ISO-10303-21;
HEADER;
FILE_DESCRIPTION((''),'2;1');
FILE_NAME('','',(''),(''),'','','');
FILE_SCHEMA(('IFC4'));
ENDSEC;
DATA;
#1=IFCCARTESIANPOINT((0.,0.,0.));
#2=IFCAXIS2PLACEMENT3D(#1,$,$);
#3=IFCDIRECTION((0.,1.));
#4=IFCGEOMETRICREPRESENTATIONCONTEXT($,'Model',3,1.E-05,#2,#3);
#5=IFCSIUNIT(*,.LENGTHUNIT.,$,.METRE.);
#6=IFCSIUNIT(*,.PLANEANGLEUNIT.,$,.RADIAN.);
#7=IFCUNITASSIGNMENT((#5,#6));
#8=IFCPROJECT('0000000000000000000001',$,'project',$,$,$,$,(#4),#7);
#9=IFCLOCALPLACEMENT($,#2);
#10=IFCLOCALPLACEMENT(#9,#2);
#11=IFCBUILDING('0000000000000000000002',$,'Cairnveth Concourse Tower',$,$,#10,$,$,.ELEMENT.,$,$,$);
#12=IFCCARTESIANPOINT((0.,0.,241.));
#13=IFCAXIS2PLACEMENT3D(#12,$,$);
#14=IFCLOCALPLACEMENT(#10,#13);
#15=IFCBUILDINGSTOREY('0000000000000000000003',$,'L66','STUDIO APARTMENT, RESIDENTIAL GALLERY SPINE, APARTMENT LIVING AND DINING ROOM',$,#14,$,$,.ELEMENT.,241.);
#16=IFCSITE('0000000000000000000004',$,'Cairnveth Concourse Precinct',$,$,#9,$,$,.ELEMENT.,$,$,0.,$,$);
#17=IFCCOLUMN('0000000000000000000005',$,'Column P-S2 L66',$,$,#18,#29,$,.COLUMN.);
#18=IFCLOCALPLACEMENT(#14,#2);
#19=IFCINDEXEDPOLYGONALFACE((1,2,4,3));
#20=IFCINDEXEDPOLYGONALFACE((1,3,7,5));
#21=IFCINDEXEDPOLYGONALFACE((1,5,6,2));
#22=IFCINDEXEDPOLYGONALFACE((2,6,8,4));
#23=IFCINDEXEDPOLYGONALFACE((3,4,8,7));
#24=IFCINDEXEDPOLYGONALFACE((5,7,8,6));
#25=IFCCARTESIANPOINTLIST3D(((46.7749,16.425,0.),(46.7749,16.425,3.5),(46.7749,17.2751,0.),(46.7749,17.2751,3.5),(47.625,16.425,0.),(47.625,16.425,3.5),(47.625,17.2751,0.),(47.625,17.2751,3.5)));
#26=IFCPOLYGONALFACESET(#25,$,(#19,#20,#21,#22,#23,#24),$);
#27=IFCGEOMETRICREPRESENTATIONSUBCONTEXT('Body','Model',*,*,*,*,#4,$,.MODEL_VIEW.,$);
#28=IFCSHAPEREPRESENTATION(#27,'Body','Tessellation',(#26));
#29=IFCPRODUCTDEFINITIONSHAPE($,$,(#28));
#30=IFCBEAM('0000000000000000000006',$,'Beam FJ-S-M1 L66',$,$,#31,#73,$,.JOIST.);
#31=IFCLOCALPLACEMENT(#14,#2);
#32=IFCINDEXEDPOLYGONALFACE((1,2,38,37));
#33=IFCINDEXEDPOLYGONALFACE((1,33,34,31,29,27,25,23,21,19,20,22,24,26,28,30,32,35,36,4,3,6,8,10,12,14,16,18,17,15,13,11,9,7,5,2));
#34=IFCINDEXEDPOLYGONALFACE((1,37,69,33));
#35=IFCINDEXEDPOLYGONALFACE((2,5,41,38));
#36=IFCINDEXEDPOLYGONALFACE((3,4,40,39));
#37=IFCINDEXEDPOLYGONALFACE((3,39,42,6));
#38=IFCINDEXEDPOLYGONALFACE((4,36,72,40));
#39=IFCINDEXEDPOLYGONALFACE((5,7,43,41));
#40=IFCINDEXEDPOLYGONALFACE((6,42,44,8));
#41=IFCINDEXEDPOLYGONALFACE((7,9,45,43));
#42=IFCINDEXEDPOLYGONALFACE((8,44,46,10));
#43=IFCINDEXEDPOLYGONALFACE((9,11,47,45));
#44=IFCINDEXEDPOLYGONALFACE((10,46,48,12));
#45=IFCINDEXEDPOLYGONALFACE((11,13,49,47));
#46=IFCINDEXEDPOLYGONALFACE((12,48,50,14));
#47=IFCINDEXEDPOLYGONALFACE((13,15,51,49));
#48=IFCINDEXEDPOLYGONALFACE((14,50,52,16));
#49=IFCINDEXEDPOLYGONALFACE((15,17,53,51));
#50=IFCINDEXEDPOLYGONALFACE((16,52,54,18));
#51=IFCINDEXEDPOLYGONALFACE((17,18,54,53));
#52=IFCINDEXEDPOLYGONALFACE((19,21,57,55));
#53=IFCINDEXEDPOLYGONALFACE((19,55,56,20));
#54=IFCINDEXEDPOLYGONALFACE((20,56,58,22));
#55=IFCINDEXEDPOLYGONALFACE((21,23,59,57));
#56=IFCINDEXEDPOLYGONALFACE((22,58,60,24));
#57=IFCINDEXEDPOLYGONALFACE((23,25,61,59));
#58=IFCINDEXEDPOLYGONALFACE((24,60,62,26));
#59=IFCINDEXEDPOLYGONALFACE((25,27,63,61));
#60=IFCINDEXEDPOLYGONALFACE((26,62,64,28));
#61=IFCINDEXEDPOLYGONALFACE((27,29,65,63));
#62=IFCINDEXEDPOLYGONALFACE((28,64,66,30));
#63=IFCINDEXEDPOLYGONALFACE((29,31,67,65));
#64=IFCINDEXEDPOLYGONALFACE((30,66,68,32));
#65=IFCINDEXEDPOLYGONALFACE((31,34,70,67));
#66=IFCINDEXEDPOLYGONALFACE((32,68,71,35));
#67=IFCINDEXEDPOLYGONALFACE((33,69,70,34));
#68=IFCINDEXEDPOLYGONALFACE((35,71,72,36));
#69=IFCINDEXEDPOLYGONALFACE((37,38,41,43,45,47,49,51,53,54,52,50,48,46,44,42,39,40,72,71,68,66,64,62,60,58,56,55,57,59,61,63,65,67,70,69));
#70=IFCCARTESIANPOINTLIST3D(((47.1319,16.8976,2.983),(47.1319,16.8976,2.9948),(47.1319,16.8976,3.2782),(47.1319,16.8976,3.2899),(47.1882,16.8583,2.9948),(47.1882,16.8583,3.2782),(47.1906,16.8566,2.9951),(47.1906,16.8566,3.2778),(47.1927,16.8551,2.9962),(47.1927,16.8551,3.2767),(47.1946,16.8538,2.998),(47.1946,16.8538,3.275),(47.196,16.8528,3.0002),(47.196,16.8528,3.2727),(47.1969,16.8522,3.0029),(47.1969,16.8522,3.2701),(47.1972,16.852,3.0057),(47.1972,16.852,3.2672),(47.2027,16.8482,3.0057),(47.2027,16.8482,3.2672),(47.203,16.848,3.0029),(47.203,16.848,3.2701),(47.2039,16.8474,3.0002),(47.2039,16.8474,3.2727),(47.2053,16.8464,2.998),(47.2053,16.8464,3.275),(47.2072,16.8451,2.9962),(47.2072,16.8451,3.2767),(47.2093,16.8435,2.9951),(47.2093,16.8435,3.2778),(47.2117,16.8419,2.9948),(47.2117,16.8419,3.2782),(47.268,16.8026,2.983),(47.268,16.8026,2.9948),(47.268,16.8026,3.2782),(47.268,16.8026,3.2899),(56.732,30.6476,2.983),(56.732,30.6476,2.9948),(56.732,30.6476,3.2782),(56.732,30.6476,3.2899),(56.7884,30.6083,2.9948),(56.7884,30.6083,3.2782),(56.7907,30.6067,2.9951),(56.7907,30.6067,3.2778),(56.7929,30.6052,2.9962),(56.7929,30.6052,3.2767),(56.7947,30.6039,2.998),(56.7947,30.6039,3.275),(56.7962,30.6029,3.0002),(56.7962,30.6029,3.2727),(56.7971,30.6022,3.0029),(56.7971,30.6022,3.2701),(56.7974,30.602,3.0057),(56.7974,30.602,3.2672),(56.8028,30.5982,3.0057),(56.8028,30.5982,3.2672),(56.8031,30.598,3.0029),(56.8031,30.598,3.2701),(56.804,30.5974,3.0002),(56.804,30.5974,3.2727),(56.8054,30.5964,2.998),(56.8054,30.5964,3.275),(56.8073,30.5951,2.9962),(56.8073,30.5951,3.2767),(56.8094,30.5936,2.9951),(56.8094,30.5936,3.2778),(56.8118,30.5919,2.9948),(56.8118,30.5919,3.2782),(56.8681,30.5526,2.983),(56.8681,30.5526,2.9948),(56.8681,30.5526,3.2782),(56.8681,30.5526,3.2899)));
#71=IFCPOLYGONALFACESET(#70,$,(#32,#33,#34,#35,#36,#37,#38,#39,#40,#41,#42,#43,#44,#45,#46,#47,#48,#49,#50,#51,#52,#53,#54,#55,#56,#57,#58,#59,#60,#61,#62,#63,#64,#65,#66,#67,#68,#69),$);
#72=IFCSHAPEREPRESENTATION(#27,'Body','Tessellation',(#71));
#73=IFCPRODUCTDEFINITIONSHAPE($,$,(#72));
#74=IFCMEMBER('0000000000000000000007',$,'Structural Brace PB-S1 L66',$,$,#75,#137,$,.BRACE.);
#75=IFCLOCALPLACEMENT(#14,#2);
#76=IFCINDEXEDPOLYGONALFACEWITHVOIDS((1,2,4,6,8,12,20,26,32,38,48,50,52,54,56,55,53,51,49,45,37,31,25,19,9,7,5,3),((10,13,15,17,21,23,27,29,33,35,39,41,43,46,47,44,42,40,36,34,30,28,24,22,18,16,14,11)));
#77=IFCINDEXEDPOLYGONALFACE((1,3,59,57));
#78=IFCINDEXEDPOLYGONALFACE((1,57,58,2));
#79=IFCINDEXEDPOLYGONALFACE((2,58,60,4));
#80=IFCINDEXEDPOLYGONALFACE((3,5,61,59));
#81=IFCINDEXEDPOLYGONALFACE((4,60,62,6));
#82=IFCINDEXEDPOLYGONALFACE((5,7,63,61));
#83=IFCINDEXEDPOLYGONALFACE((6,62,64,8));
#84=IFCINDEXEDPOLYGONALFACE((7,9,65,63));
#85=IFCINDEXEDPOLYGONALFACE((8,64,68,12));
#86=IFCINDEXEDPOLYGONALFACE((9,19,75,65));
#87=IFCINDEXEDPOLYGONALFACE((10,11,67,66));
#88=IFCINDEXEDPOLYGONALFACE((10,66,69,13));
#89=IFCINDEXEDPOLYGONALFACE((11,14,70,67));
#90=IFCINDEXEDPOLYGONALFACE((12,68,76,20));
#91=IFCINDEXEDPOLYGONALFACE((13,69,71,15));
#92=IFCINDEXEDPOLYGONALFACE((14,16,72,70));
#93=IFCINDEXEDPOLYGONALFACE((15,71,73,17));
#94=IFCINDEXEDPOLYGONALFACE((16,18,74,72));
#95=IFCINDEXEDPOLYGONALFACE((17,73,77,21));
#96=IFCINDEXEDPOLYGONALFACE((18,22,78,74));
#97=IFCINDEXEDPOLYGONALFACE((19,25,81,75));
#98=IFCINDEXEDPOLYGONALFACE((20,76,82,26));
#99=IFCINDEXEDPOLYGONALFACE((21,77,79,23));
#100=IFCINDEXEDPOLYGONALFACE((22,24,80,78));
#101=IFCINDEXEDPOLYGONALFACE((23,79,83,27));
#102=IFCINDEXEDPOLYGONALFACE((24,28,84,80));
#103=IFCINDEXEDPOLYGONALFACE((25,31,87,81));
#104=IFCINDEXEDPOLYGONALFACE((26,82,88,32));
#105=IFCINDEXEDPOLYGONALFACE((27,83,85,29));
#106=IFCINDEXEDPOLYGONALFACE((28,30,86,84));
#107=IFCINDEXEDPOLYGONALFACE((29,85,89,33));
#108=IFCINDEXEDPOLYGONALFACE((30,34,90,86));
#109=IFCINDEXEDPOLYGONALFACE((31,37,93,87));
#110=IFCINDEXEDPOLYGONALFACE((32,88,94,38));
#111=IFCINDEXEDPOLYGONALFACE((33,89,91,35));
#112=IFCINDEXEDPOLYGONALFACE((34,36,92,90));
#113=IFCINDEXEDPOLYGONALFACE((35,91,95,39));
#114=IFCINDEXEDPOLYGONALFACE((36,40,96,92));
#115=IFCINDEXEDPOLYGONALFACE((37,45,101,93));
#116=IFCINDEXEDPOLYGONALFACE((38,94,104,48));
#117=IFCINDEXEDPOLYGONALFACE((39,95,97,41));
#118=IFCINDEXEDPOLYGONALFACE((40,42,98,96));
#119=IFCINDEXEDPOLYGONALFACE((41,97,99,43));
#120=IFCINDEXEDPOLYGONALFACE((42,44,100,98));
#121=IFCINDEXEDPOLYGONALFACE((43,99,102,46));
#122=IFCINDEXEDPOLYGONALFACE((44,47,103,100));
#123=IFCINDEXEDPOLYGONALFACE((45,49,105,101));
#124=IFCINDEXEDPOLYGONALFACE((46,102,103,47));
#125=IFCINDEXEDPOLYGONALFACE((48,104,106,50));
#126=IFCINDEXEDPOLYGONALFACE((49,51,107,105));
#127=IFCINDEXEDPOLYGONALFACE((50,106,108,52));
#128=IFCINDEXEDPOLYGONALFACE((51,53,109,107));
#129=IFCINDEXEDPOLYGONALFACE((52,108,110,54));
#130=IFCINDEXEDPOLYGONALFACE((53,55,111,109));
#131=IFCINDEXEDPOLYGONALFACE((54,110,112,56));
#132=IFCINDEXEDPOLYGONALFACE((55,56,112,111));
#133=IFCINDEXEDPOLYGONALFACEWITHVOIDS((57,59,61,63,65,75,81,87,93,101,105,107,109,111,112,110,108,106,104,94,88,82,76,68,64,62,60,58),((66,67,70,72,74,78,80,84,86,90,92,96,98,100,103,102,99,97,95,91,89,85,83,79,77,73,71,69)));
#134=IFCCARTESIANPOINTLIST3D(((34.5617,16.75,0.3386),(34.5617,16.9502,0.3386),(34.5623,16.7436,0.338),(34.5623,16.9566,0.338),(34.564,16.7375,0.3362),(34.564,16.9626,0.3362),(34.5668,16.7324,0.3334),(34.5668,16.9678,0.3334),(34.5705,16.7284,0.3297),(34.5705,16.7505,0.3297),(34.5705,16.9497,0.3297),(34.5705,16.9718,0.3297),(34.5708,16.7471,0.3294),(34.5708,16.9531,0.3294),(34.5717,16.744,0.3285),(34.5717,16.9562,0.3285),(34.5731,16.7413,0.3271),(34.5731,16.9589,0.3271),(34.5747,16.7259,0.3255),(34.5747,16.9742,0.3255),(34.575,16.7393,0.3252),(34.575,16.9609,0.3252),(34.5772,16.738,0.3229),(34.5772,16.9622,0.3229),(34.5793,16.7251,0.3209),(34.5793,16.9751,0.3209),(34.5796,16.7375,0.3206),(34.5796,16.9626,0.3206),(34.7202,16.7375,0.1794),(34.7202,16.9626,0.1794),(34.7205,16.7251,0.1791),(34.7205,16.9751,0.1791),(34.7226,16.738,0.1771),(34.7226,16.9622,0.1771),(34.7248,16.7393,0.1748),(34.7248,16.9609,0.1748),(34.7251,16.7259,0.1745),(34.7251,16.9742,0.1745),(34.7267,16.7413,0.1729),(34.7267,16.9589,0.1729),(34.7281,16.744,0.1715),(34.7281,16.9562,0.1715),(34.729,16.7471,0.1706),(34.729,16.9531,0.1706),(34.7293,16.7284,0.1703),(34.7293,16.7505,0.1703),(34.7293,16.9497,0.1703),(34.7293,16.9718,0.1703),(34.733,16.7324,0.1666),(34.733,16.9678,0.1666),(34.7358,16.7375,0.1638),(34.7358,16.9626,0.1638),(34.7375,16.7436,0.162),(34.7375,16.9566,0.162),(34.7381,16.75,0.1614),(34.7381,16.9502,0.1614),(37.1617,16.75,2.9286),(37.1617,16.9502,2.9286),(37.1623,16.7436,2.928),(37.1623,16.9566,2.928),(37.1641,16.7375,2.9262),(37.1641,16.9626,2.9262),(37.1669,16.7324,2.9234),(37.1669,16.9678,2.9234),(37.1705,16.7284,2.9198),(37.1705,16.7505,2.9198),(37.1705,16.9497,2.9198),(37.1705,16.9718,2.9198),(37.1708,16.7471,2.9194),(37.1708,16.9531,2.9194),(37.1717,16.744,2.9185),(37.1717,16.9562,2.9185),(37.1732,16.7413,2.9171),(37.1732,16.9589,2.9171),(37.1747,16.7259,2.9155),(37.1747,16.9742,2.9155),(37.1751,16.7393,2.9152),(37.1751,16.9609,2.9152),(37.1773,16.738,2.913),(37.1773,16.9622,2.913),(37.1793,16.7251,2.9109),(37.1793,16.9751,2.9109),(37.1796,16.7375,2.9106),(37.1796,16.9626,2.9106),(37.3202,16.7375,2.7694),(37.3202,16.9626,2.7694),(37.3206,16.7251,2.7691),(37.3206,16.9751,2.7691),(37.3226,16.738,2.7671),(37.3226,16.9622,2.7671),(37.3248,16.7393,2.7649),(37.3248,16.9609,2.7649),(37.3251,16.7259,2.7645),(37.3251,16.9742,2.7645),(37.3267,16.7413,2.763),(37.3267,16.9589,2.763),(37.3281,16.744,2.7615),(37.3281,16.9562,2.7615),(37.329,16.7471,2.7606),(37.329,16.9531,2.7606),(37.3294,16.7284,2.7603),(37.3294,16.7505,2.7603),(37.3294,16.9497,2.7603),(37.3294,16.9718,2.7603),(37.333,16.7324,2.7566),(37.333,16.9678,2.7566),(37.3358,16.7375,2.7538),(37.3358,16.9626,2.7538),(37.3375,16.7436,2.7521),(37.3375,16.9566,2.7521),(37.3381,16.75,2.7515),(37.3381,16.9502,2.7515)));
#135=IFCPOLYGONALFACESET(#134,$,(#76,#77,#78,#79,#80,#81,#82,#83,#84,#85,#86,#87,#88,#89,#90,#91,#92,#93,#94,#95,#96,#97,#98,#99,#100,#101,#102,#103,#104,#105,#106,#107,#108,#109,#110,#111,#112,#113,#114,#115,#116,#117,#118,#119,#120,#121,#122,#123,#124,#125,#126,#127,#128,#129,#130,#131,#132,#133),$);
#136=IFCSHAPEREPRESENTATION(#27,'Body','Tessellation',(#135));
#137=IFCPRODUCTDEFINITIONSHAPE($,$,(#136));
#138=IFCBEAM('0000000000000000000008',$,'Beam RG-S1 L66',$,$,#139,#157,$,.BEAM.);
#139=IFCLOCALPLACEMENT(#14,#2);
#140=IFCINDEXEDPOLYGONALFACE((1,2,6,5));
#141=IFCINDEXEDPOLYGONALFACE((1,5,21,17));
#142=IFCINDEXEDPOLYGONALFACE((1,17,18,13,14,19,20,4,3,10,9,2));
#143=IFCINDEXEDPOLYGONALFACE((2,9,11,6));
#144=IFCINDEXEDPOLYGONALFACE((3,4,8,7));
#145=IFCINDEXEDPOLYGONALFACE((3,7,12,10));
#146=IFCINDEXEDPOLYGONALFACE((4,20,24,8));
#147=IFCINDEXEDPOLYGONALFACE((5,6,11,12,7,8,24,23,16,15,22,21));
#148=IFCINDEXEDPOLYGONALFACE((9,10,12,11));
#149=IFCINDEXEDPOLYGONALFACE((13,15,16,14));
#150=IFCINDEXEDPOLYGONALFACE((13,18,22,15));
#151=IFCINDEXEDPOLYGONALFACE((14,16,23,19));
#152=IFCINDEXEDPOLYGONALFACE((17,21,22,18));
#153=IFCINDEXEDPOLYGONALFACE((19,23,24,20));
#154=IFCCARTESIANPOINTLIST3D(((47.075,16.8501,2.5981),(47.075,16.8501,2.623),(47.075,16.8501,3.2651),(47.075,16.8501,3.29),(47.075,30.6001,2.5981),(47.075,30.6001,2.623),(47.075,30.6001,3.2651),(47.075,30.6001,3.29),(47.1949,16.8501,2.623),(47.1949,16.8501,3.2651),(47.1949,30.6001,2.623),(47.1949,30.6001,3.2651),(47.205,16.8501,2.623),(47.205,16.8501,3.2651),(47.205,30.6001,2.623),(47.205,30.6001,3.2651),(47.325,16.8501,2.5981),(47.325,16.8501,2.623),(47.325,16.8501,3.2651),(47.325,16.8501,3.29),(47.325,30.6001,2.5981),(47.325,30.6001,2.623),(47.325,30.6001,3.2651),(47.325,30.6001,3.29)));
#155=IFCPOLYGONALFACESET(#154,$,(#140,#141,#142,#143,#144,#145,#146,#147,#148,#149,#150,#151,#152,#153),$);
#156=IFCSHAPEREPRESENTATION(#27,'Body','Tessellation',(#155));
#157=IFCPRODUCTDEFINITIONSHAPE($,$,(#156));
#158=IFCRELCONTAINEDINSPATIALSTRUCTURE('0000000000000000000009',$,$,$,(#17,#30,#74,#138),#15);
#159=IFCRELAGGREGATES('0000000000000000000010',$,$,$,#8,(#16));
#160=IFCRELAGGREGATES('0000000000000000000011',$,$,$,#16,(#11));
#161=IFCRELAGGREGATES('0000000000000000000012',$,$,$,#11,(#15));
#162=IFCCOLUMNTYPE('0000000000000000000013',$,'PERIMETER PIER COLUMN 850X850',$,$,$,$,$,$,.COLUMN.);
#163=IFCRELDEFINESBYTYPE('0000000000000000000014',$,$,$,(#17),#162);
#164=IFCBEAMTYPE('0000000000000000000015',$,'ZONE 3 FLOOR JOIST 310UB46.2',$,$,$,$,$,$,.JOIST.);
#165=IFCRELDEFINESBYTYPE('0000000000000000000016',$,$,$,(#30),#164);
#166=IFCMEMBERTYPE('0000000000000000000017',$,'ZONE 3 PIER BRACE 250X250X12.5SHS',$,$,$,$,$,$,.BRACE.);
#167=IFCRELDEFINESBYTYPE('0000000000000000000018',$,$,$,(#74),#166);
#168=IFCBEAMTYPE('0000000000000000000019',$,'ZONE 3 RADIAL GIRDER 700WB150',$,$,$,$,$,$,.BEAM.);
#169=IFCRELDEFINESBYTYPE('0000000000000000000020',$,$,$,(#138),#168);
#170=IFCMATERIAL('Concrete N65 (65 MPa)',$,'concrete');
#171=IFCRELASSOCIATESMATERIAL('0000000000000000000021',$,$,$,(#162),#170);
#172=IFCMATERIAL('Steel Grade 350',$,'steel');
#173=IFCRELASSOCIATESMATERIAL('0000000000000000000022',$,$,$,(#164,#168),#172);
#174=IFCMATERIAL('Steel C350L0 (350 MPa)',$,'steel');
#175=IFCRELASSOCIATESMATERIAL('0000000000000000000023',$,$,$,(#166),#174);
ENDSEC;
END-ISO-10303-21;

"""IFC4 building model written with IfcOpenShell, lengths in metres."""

from ifc_helpers import new_model, si_unit, direction, frame, origin, origin_2d, place, context, subcontext, project, spatial, rectangle, hollow_rectangle, i_section, extrude, material, material_profile, profile_set, type_object, element, save


model = new_model("IFC4")

# Units and contexts
model_context = context("Model", 3, precision=1e-05, world=origin(), true_north=direction((0.0, 1.0)))
body_context = subcontext(model_context, "Body", "Model", "MODEL_VIEW")
ifc_project = project(units=[si_unit("LENGTHUNIT", "METRE"), si_unit("PLANEANGLEUNIT", "RADIAN")], contexts=[model_context])

# Site, building, storey
site_placement = place(None, origin())
site = spatial("IfcSite", under=ifc_project, at=site_placement, Name="Cairnveth Concourse Precinct", CompositionType="ELEMENT", RefElevation=0.0)
building_placement = place(site_placement, origin())
building = spatial("IfcBuilding", under=site, at=building_placement, Name="Cairnveth Concourse Tower", CompositionType="ELEMENT")
storey_placement = place(building_placement, frame((0.0, 0.0, 241.0)))
storey = spatial("IfcBuildingStorey", under=building, at=storey_placement, Name="L66", Description="STUDIO APARTMENT, RESIDENTIAL GALLERY SPINE, APARTMENT LIVING AND DINING ROOM", CompositionType="ELEMENT", Elevation=241.0)

# Column
ifc_material_1 = material(Name="Concrete N65 (65 MPa)", Category="concrete")
ifc_material_profile_1 = material_profile(ifc_material_1, rectangle(XDim=0.8501, YDim=0.8501, at=origin_2d()), Name="RC-COL-850x850")
ifc_profile_set_1 = profile_set([ifc_material_profile_1], Name="Concrete N65 (65 MPa)")
column_type = type_object("IfcColumnType", Name="PERIMETER PIER COLUMN 850X850", PredefinedType="COLUMN", material=ifc_profile_set_1)
column_placement = place(storey_placement, frame((47.2, 16.8501, 0.0), z_axis=(0.0, 0.0, 1.0), x_axis=(1.0, 0.0, 0.0)))
element("IfcColumn", 1, at=column_placement, inside=storey, type_object=column_type, Name="Column P-S2 L66", PredefinedType="COLUMN", context=body_context, shape_type="SweptSolid", body=[
    extrude(rectangle(XDim=0.8501, YDim=0.8501, at=origin_2d()), origin(), (0.0, 0.0, 1.0), 3.5),
])

# Beam
ifc_material_2 = material(Name="Steel Grade 350", Category="steel")
ifc_material_profile_2 = material_profile(ifc_material_2, i_section(OverallWidth=0.166, OverallDepth=0.3069, WebThickness=0.0066, FlangeThickness=0.0117, FilletRadius=0.011, at=origin_2d()), Name="310UB46.2")
ifc_profile_set_2 = profile_set([ifc_material_profile_2], Name="Steel Grade 350")
beam_type_1 = type_object("IfcBeamType", Name="ZONE 3 FLOOR JOIST 310UB46.2", PredefinedType="JOIST", material=ifc_profile_set_2)
beam_1_placement = place(storey_placement, frame((47.2, 16.8501, 3.1365), z_axis=(0.572465, 0.819929, 0.0), x_axis=(-0.819929, 0.572465, 0.0)))
element("IfcBeam", 2, at=beam_1_placement, inside=storey, type_object=beam_type_1, Name="Beam FJ-S-M1 L66", PredefinedType="JOIST", context=body_context, shape_type="SweptSolid", body=[
    extrude(i_section(OverallWidth=0.166, OverallDepth=0.3069, WebThickness=0.0066, FlangeThickness=0.0117, FilletRadius=0.011, at=origin_2d()), origin(), (0.0, 0.0, 1.0), 16.7698),
])

# Member
ifc_material_3 = material(Name="Steel C350L0 (350 MPa)", Category="steel")
ifc_material_profile_3 = material_profile(ifc_material_3, hollow_rectangle(XDim=0.25, YDim=0.25, WallThickness=0.0125, InnerFilletRadius=0.0129, OuterFilletRadius=0.0249, at=origin_2d()), Name="250x250x12.5SHS")
ifc_profile_set_3 = profile_set([ifc_material_profile_3], Name="Steel C350L0 (350 MPa)")
member_type = type_object("IfcMemberType", Name="ZONE 3 PIER BRACE 250X250X12.5SHS", PredefinedType="BRACE", material=ifc_profile_set_3)
member_placement = place(storey_placement, frame((34.6499, 16.8501, 0.25), z_axis=(0.708469, 0.0, 0.705742), x_axis=(0.0, 1.0, 0.0)))
element("IfcMember", 3, at=member_placement, inside=storey, type_object=member_type, Name="Structural Brace PB-S1 L66", PredefinedType="BRACE", context=body_context, shape_type="SweptSolid", body=[
    extrude(hollow_rectangle(XDim=0.25, YDim=0.25, WallThickness=0.0125, InnerFilletRadius=0.0129, OuterFilletRadius=0.0249, at=origin_2d()), origin(), (0.0, 0.0, 1.0), 3.6699),
])

# Beam
ifc_material_profile_4 = material_profile(ifc_material_2, i_section(OverallWidth=0.25, OverallDepth=0.6919, WebThickness=0.01, FlangeThickness=0.0249, at=origin_2d()), Name="700WB150")
ifc_profile_set_4 = profile_set([ifc_material_profile_4], Name="Steel Grade 350")
beam_type_2 = type_object("IfcBeamType", Name="ZONE 3 RADIAL GIRDER 700WB150", PredefinedType="BEAM", material=ifc_profile_set_4)
beam_2_placement = place(storey_placement, frame((47.2, 16.8501, 2.9441), z_axis=(0.0, 1.0, 0.0), x_axis=(-1.0, 0.0, 0.0)))
element("IfcBeam", 4, at=beam_2_placement, inside=storey, type_object=beam_type_2, Name="Beam RG-S1 L66", PredefinedType="BEAM", context=body_context, shape_type="SweptSolid", body=[
    extrude(i_section(OverallWidth=0.25, OverallDepth=0.6919, WebThickness=0.01, FlangeThickness=0.0249, at=origin_2d()), origin(), (0.0, 0.0, 1.0), 13.75),
])

save(model, "model.ifc")
